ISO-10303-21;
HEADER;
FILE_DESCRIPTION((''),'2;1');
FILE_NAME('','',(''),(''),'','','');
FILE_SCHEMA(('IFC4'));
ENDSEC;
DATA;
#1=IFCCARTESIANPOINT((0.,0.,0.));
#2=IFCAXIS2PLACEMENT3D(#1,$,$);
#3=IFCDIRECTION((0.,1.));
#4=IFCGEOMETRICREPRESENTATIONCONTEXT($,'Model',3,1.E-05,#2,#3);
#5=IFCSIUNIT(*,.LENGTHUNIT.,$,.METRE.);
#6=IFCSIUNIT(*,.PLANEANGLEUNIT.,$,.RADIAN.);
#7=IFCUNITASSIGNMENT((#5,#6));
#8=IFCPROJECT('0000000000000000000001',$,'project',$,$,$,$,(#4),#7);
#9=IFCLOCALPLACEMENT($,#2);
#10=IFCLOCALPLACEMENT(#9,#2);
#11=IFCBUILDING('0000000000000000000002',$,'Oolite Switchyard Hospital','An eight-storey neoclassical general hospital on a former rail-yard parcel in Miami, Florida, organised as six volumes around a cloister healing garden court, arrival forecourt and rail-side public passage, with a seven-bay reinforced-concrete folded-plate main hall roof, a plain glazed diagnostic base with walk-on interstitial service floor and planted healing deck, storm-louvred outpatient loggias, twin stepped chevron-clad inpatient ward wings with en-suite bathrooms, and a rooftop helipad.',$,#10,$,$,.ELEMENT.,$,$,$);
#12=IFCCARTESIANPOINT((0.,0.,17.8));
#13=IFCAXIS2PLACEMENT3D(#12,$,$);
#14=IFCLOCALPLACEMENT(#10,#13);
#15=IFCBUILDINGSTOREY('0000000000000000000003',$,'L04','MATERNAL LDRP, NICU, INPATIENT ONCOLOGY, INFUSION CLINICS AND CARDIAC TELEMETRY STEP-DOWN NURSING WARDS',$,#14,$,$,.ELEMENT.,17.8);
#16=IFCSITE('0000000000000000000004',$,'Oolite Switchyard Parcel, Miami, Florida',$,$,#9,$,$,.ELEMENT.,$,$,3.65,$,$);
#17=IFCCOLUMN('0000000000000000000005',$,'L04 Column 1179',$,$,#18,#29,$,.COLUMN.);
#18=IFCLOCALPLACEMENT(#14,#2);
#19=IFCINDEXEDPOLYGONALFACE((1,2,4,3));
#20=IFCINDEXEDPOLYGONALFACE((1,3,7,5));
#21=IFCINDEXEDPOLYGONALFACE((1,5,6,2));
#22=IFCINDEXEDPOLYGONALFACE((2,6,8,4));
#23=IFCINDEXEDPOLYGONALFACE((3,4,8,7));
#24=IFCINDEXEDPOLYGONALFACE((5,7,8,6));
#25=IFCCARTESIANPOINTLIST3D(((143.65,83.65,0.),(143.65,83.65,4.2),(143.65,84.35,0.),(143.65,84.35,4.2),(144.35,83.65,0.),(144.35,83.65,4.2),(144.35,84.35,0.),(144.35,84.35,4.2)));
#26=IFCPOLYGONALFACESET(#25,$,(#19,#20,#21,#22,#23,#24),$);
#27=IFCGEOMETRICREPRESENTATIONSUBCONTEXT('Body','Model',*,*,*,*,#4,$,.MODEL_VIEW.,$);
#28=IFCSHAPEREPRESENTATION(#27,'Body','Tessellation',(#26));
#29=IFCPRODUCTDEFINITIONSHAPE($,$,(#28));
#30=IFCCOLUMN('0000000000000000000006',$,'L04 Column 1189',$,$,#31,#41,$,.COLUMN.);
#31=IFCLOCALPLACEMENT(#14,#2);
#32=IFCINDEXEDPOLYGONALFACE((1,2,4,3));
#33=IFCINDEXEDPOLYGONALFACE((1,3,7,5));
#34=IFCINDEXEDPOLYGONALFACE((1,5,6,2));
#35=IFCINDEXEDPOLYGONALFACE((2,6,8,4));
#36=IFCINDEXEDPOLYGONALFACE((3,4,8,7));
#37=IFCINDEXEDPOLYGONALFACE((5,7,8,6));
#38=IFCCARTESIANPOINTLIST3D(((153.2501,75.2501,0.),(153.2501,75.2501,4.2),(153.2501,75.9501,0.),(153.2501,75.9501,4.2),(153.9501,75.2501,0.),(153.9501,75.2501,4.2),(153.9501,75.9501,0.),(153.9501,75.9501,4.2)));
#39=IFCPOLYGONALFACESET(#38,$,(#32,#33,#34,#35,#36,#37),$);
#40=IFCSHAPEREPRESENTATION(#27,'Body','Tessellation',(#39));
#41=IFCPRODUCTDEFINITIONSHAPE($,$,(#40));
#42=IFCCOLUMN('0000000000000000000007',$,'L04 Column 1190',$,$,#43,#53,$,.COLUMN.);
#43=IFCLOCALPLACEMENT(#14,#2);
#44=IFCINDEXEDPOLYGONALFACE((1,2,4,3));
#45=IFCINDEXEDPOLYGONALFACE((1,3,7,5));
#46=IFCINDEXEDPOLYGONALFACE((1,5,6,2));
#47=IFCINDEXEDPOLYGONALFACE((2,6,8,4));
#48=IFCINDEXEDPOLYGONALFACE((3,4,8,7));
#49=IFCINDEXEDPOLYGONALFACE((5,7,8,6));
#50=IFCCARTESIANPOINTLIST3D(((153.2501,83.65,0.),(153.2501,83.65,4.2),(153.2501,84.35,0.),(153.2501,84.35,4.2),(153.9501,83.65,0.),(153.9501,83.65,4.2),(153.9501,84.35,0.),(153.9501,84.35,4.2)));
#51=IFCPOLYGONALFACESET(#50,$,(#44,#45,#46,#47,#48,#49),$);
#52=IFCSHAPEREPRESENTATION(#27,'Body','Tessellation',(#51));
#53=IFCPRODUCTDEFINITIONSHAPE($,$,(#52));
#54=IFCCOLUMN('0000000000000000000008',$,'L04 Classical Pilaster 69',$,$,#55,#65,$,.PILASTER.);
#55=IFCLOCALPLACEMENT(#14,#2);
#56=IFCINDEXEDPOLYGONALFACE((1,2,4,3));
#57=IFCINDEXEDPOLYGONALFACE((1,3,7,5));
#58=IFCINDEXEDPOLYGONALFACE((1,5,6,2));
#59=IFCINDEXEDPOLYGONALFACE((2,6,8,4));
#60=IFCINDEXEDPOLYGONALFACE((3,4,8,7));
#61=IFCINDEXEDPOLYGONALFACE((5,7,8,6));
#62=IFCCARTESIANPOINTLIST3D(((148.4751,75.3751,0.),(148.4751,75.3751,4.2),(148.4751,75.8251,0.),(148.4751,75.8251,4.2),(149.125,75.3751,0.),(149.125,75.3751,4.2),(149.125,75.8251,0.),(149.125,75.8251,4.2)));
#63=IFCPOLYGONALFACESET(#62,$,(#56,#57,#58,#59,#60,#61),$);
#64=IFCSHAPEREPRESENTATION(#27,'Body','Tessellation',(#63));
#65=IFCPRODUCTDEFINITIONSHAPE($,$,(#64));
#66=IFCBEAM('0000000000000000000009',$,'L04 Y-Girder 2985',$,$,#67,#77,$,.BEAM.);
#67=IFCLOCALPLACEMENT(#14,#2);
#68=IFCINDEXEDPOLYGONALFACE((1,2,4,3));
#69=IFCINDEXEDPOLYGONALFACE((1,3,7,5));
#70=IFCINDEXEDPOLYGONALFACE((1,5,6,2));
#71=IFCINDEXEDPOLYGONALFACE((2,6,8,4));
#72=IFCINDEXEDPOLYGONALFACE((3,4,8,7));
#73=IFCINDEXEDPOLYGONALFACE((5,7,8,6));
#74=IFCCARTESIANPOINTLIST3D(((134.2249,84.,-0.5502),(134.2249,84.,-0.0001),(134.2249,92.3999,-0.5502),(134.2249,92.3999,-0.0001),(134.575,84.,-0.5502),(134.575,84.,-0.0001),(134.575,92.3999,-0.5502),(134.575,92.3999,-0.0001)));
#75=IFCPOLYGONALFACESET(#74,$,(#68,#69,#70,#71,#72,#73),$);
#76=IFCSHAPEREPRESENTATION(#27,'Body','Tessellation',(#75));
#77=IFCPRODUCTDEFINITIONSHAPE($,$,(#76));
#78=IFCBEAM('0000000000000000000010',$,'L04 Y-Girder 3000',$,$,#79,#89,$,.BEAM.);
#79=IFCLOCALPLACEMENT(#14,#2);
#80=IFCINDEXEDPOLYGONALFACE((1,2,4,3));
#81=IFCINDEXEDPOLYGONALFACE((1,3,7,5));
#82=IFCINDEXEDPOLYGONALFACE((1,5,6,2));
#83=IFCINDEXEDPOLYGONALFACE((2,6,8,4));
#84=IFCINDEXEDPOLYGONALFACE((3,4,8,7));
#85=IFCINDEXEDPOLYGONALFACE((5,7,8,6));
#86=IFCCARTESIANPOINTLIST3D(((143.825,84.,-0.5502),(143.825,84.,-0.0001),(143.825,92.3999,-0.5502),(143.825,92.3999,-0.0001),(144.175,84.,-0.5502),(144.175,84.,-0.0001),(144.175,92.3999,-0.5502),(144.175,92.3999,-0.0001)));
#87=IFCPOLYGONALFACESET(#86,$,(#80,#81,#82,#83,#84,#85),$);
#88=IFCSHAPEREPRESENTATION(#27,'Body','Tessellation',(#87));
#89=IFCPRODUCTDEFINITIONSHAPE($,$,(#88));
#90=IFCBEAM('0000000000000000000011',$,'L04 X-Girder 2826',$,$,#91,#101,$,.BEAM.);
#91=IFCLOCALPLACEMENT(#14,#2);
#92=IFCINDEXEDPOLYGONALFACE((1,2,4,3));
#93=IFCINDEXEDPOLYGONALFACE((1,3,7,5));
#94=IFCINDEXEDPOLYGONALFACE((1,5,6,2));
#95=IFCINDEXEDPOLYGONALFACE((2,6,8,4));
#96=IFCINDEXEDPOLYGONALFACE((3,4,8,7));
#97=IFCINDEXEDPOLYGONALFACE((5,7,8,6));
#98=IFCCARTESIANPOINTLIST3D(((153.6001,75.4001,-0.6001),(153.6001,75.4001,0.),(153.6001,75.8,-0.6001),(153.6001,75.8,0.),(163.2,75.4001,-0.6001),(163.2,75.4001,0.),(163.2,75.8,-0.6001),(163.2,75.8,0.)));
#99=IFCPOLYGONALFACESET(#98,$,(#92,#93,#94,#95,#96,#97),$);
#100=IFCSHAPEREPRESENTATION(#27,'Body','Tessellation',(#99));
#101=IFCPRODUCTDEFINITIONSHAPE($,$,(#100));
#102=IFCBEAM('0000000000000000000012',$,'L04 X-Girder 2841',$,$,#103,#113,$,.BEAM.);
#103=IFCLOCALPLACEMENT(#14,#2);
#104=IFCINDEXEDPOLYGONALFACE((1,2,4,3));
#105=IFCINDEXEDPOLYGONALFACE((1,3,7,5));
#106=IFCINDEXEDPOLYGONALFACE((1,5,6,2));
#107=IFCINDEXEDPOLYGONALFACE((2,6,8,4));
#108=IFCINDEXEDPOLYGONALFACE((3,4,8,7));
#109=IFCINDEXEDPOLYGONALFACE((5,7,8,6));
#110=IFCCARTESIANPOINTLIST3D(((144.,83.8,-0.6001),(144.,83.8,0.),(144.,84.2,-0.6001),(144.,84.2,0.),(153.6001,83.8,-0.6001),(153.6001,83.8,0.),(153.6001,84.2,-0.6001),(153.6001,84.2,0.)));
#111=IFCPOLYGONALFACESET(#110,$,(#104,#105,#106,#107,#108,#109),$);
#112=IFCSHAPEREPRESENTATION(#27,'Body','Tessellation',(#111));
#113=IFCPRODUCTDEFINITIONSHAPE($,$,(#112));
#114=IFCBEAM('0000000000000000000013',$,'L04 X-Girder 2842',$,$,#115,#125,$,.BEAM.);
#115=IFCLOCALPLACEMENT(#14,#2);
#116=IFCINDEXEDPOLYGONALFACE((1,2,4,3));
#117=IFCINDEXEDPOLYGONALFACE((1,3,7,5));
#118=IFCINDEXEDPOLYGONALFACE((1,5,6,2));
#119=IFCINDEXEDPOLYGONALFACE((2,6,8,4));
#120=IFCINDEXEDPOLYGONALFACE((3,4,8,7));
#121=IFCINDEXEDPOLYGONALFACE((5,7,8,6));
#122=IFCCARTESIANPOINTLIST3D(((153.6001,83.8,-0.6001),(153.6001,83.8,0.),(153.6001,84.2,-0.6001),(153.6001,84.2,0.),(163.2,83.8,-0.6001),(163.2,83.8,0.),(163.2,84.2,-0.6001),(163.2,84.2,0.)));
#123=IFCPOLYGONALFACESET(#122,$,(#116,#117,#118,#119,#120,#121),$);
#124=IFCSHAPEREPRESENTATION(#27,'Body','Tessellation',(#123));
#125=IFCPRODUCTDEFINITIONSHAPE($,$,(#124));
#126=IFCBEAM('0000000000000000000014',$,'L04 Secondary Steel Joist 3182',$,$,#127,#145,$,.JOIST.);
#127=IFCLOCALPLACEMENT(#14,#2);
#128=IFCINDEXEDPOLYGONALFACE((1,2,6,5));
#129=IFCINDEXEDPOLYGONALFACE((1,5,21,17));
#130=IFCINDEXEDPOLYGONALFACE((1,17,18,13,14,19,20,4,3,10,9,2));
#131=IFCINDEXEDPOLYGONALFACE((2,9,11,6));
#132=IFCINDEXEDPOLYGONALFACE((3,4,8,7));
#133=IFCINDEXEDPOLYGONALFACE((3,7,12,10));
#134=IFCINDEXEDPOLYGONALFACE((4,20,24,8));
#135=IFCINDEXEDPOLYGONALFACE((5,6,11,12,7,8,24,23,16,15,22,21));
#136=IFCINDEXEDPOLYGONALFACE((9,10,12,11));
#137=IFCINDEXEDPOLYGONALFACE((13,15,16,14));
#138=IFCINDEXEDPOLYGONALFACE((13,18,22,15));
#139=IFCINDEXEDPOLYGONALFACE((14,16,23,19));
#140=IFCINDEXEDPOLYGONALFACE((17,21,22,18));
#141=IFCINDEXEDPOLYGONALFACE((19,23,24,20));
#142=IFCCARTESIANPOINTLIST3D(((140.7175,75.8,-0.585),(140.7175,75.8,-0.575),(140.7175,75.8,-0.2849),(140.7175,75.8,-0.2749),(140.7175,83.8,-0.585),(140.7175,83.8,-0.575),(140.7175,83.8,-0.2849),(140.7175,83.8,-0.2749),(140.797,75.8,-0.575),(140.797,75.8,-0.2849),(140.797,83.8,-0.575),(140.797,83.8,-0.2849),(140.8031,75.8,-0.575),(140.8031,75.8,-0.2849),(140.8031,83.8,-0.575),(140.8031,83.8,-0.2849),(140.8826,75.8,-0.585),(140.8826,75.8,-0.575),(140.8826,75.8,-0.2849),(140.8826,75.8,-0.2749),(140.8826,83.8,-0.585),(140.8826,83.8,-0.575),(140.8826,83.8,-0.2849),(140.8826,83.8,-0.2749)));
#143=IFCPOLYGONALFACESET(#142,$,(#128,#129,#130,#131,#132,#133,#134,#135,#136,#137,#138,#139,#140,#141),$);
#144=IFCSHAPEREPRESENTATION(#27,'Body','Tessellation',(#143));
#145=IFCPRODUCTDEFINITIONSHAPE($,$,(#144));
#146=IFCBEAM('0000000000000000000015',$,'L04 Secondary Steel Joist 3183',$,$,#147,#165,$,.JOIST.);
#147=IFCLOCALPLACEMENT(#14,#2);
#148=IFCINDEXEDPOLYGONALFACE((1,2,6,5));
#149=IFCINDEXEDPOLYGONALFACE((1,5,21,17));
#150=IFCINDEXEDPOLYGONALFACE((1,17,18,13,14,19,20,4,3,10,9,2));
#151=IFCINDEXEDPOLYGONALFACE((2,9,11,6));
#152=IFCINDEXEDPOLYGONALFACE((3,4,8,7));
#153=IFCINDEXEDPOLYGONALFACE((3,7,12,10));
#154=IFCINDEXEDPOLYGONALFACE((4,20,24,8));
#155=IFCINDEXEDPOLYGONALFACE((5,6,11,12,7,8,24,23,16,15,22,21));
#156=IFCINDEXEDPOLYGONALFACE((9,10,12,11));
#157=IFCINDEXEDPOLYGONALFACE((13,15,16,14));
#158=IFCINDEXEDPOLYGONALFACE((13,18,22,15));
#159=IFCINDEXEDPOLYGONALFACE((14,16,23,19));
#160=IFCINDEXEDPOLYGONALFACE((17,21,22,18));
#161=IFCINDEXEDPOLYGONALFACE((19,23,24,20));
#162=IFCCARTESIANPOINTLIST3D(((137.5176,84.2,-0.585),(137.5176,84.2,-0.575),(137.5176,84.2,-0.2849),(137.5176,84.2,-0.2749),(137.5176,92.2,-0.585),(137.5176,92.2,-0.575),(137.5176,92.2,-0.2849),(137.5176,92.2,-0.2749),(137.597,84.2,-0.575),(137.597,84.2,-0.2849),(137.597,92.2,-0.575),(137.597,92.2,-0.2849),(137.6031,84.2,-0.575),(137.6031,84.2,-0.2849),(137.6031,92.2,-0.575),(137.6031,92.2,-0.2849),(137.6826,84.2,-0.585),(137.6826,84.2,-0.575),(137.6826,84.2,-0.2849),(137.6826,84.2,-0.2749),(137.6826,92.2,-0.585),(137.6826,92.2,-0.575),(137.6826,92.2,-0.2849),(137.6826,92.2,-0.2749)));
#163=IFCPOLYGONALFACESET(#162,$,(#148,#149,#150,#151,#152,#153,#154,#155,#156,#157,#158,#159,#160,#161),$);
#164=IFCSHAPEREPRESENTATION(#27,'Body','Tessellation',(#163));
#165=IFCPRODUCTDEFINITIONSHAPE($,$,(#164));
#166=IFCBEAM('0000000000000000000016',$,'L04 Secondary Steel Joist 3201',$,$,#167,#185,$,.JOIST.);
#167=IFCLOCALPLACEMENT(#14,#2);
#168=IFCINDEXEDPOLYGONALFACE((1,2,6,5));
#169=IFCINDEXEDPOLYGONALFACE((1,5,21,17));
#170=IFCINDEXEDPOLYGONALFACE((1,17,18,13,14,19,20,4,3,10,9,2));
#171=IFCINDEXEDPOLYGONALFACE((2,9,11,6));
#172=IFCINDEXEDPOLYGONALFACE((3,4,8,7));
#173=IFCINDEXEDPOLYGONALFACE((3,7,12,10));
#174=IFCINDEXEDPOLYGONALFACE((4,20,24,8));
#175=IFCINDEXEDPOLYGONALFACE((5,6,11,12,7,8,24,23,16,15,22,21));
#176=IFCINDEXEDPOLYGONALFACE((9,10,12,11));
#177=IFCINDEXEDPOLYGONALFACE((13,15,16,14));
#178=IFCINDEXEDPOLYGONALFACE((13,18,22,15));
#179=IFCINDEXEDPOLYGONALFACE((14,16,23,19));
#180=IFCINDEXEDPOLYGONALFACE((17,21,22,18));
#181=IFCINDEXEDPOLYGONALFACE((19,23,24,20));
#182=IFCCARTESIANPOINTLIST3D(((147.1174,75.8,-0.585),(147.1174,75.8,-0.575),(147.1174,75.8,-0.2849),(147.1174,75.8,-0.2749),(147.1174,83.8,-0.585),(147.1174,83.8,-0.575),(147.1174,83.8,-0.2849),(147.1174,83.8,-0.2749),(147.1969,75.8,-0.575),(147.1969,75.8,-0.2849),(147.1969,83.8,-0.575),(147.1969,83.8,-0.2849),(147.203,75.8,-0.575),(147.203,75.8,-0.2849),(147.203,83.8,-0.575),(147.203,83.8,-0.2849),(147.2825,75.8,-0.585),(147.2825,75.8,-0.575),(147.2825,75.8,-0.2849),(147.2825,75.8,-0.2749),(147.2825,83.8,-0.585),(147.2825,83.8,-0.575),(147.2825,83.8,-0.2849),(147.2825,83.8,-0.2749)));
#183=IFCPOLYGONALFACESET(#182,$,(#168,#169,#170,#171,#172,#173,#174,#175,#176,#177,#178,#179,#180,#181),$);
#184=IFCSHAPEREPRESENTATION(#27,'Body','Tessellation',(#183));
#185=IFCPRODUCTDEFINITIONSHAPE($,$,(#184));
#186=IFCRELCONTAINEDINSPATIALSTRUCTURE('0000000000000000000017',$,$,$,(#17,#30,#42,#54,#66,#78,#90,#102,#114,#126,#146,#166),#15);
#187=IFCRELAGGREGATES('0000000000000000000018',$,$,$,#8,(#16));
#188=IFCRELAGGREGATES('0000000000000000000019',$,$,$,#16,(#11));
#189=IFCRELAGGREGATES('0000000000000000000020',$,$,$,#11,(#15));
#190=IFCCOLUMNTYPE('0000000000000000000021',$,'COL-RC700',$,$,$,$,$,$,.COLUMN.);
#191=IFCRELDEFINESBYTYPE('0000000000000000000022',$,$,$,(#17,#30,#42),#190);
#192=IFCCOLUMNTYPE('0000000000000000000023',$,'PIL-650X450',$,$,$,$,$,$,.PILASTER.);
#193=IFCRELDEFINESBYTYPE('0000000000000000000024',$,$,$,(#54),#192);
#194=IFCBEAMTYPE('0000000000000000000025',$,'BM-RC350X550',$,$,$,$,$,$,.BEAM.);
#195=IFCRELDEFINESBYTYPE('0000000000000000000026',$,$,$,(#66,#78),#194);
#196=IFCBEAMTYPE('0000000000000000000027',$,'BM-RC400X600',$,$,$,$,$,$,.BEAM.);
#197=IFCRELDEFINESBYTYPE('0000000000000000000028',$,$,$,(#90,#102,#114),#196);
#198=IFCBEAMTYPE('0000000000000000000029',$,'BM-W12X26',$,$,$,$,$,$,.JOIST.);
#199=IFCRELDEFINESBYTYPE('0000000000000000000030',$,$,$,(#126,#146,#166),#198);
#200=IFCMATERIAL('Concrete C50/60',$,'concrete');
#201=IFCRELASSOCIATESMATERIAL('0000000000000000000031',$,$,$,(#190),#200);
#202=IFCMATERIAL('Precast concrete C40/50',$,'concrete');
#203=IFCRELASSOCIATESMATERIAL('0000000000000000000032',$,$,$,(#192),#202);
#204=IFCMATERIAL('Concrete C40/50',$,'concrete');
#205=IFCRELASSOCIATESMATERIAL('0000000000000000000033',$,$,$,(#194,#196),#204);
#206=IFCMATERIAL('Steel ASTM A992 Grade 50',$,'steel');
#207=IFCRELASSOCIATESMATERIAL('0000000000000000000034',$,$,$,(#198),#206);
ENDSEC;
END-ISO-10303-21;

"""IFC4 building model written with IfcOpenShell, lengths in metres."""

from ifc_helpers import new_model, si_unit, direction, frame, origin, origin_2d, place, context, subcontext, project, spatial, rectangle, i_section, extrude, material, material_profile, profile_set, type_object, element, save


model = new_model("IFC4")

# Units and contexts
model_context = context("Model", 3, precision=1e-05, world=origin(), true_north=direction((0.0, 1.0)))
body_context = subcontext(model_context, "Body", "Model", "MODEL_VIEW")
ifc_project = project(units=[si_unit("LENGTHUNIT", "METRE"), si_unit("PLANEANGLEUNIT", "RADIAN")], contexts=[model_context])

# Site, building, storey
site_placement = place(None, origin())
site = spatial("IfcSite", under=ifc_project, at=site_placement, Name="Oolite Switchyard Parcel, Miami, Florida", CompositionType="ELEMENT", RefElevation=3.65)
building_placement = place(site_placement, origin())
building = spatial("IfcBuilding", under=site, at=building_placement, Name="Oolite Switchyard Hospital", Description="An eight-storey neoclassical general hospital on a former rail-yard parcel in Miami, Florida, organised as six volumes around a cloister healing garden court, arrival forecourt and rail-side public passage, with a seven-bay reinforced-concrete folded-plate main hall roof, a plain glazed diagnostic base with walk-on interstitial service floor and planted healing deck, storm-louvred outpatient loggias, twin stepped chevron-clad inpatient ward wings with en-suite bathrooms, and a rooftop helipad.", CompositionType="ELEMENT")
storey_placement = place(building_placement, frame((0.0, 0.0, 17.8)))
storey = spatial("IfcBuildingStorey", under=building, at=storey_placement, Name="L04", Description="MATERNAL LDRP, NICU, INPATIENT ONCOLOGY, INFUSION CLINICS AND CARDIAC TELEMETRY STEP-DOWN NURSING WARDS", CompositionType="ELEMENT", Elevation=17.8)

# Columns
ifc_material_1 = material(Name="Concrete C50/60", Category="concrete")
ifc_material_profile_1 = material_profile(ifc_material_1, rectangle(XDim=0.7, YDim=0.7, at=origin_2d()), Name="RC700X700")
ifc_profile_set_1 = profile_set([ifc_material_profile_1], Name="Concrete C50/60")
column_type_1 = type_object("IfcColumnType", Name="COL-RC700", PredefinedType="COLUMN", material=ifc_profile_set_1)
for number, where, z_axis, x_axis, name in (
    (1, (144.0, 84.0, 0.0), (0.0, 0.0, 1.0), (1.0, 0.0, 0.0), "L04 Column 1179"),
    (2, (153.6001, 75.6001, 0.0), (0.0, 0.0, 1.0), (1.0, 0.0, 0.0), "L04 Column 1189"),
    (3, (153.6001, 84.0, 0.0), (0.0, 0.0, 1.0), (1.0, 0.0, 0.0), "L04 Column 1190"),
):
    element("IfcColumn", number, at=place(storey_placement, frame(where, z_axis=z_axis, x_axis=x_axis)), inside=storey, type_object=column_type_1, Name=name, PredefinedType="COLUMN", context=body_context, shape_type="SweptSolid", body=[
        extrude(rectangle(XDim=0.7, YDim=0.7, at=origin_2d()), origin(), (0.0, 0.0, 1.0), 4.2),
    ])
ifc_material_2 = material(Name="Precast concrete C40/50", Category="concrete")
ifc_material_profile_2 = material_profile(ifc_material_2, rectangle(XDim=0.6499, YDim=0.45, at=origin_2d()), Name="PIL650X450")
ifc_profile_set_2 = profile_set([ifc_material_profile_2], Name="Precast concrete C40/50")
column_type_2 = type_object("IfcColumnType", Name="PIL-650X450", PredefinedType="PILASTER", material=ifc_profile_set_2)
column_placement = place(storey_placement, frame((148.8, 75.6001, 0.0), z_axis=(0.0, 0.0, 1.0), x_axis=(1.0, 0.0, 0.0)))
element("IfcColumn", 4, at=column_placement, inside=storey, type_object=column_type_2, Name="L04 Classical Pilaster 69", PredefinedType="PILASTER", context=body_context, shape_type="SweptSolid", body=[
    extrude(rectangle(XDim=0.6499, YDim=0.45, at=origin_2d()), origin(), (0.0, 0.0, 1.0), 4.2),
])

# Beams
ifc_material_3 = material(Name="Concrete C40/50", Category="concrete")
ifc_material_profile_3 = material_profile(ifc_material_3, rectangle(XDim=0.3501, YDim=0.55, at=origin_2d()), Name="RCB350X550")
ifc_profile_set_3 = profile_set([ifc_material_profile_3], Name="Concrete C40/50")
beam_type_1 = type_object("IfcBeamType", Name="BM-RC350X550", PredefinedType="BEAM", material=ifc_profile_set_3)
for number, where, z_axis, x_axis, name in (
    (5, (134.3999, 84.0, -0.2751), (0.0, 1.0, 0.0), (-1.0, 0.0, 0.0), "L04 Y-Girder 2985"),
    (6, (144.0, 84.0, -0.2751), (0.0, 1.0, 0.0), (-1.0, 0.0, 0.0), "L04 Y-Girder 3000"),
):
    element("IfcBeam", number, at=place(storey_placement, frame(where, z_axis=z_axis, x_axis=x_axis)), inside=storey, type_object=beam_type_1, Name=name, PredefinedType="BEAM", context=body_context, shape_type="SweptSolid", body=[
        extrude(rectangle(XDim=0.3501, YDim=0.55, at=origin_2d()), origin(), (0.0, 0.0, 1.0), 8.3999),
    ])
ifc_material_profile_4 = material_profile(ifc_material_3, rectangle(XDim=0.3999, YDim=0.6001, at=origin_2d()), Name="RCB400X600")
ifc_profile_set_4 = profile_set([ifc_material_profile_4], Name="Concrete C40/50")
beam_type_2 = type_object("IfcBeamType", Name="BM-RC400X600", PredefinedType="BEAM", material=ifc_profile_set_4)
beam_1_placement = place(storey_placement, frame((153.6001, 75.6001, -0.3), z_axis=(1.0, 0.0, 0.0), x_axis=(0.0, 1.0, 0.0)))
element("IfcBeam", 7, at=beam_1_placement, inside=storey, type_object=beam_type_2, Name="L04 X-Girder 2826", PredefinedType="BEAM", context=body_context, shape_type="SweptSolid", body=[
    extrude(rectangle(XDim=0.3999, YDim=0.6001, at=origin_2d()), origin(), (0.0, 0.0, 1.0), 9.5999),
])
beam_2_placement = place(storey_placement, frame((144.0, 84.0, -0.3), z_axis=(1.0, 0.0, 0.0), x_axis=(0.0, 1.0, 0.0)))
element("IfcBeam", 8, at=beam_2_placement, inside=storey, type_object=beam_type_2, Name="L04 X-Girder 2841", PredefinedType="BEAM", context=body_context, shape_type="SweptSolid", body=[
    extrude(rectangle(XDim=0.3999, YDim=0.6001, at=origin_2d()), origin(), (0.0, 0.0, 1.0), 9.6001),
])
beam_3_placement = place(storey_placement, frame((153.6001, 84.0, -0.3), z_axis=(1.0, 0.0, 0.0), x_axis=(0.0, 1.0, 0.0)))
element("IfcBeam", 9, at=beam_3_placement, inside=storey, type_object=beam_type_2, Name="L04 X-Girder 2842", PredefinedType="BEAM", context=body_context, shape_type="SweptSolid", body=[
    extrude(rectangle(XDim=0.3999, YDim=0.6001, at=origin_2d()), origin(), (0.0, 0.0, 1.0), 9.5999),
])
ifc_material_4 = material(Name="Steel ASTM A992 Grade 50", Category="steel")
ifc_material_profile_5 = material_profile(ifc_material_4, i_section(OverallWidth=0.165, OverallDepth=0.3101, WebThickness=0.0061, FlangeThickness=0.01, at=origin_2d()), Name="W12X26")
ifc_profile_set_5 = profile_set([ifc_material_profile_5], Name="Steel ASTM A992 Grade 50")
beam_type_3 = type_object("IfcBeamType", Name="BM-W12X26", PredefinedType="JOIST", material=ifc_profile_set_5)
for number, where, z_axis, x_axis, name in (
    (10, (140.8, 75.8, -0.4299), (0.0, 1.0, 0.0), (-1.0, 0.0, 0.0), "L04 Secondary Steel Joist 3182"),
    (11, (137.6001, 84.2, -0.4299), (0.0, 1.0, 0.0), (-1.0, 0.0, 0.0), "L04 Secondary Steel Joist 3183"),
    (12, (147.2, 75.8, -0.4299), (0.0, 1.0, 0.0), (-1.0, 0.0, 0.0), "L04 Secondary Steel Joist 3201"),
):
    element("IfcBeam", number, at=place(storey_placement, frame(where, z_axis=z_axis, x_axis=x_axis)), inside=storey, type_object=beam_type_3, Name=name, PredefinedType="JOIST", context=body_context, shape_type="SweptSolid", body=[
        extrude(i_section(OverallWidth=0.165, OverallDepth=0.3101, WebThickness=0.0061, FlangeThickness=0.01, at=origin_2d()), origin(), (0.0, 0.0, 1.0), 8.0),
    ])

save(model, "model.ifc")
